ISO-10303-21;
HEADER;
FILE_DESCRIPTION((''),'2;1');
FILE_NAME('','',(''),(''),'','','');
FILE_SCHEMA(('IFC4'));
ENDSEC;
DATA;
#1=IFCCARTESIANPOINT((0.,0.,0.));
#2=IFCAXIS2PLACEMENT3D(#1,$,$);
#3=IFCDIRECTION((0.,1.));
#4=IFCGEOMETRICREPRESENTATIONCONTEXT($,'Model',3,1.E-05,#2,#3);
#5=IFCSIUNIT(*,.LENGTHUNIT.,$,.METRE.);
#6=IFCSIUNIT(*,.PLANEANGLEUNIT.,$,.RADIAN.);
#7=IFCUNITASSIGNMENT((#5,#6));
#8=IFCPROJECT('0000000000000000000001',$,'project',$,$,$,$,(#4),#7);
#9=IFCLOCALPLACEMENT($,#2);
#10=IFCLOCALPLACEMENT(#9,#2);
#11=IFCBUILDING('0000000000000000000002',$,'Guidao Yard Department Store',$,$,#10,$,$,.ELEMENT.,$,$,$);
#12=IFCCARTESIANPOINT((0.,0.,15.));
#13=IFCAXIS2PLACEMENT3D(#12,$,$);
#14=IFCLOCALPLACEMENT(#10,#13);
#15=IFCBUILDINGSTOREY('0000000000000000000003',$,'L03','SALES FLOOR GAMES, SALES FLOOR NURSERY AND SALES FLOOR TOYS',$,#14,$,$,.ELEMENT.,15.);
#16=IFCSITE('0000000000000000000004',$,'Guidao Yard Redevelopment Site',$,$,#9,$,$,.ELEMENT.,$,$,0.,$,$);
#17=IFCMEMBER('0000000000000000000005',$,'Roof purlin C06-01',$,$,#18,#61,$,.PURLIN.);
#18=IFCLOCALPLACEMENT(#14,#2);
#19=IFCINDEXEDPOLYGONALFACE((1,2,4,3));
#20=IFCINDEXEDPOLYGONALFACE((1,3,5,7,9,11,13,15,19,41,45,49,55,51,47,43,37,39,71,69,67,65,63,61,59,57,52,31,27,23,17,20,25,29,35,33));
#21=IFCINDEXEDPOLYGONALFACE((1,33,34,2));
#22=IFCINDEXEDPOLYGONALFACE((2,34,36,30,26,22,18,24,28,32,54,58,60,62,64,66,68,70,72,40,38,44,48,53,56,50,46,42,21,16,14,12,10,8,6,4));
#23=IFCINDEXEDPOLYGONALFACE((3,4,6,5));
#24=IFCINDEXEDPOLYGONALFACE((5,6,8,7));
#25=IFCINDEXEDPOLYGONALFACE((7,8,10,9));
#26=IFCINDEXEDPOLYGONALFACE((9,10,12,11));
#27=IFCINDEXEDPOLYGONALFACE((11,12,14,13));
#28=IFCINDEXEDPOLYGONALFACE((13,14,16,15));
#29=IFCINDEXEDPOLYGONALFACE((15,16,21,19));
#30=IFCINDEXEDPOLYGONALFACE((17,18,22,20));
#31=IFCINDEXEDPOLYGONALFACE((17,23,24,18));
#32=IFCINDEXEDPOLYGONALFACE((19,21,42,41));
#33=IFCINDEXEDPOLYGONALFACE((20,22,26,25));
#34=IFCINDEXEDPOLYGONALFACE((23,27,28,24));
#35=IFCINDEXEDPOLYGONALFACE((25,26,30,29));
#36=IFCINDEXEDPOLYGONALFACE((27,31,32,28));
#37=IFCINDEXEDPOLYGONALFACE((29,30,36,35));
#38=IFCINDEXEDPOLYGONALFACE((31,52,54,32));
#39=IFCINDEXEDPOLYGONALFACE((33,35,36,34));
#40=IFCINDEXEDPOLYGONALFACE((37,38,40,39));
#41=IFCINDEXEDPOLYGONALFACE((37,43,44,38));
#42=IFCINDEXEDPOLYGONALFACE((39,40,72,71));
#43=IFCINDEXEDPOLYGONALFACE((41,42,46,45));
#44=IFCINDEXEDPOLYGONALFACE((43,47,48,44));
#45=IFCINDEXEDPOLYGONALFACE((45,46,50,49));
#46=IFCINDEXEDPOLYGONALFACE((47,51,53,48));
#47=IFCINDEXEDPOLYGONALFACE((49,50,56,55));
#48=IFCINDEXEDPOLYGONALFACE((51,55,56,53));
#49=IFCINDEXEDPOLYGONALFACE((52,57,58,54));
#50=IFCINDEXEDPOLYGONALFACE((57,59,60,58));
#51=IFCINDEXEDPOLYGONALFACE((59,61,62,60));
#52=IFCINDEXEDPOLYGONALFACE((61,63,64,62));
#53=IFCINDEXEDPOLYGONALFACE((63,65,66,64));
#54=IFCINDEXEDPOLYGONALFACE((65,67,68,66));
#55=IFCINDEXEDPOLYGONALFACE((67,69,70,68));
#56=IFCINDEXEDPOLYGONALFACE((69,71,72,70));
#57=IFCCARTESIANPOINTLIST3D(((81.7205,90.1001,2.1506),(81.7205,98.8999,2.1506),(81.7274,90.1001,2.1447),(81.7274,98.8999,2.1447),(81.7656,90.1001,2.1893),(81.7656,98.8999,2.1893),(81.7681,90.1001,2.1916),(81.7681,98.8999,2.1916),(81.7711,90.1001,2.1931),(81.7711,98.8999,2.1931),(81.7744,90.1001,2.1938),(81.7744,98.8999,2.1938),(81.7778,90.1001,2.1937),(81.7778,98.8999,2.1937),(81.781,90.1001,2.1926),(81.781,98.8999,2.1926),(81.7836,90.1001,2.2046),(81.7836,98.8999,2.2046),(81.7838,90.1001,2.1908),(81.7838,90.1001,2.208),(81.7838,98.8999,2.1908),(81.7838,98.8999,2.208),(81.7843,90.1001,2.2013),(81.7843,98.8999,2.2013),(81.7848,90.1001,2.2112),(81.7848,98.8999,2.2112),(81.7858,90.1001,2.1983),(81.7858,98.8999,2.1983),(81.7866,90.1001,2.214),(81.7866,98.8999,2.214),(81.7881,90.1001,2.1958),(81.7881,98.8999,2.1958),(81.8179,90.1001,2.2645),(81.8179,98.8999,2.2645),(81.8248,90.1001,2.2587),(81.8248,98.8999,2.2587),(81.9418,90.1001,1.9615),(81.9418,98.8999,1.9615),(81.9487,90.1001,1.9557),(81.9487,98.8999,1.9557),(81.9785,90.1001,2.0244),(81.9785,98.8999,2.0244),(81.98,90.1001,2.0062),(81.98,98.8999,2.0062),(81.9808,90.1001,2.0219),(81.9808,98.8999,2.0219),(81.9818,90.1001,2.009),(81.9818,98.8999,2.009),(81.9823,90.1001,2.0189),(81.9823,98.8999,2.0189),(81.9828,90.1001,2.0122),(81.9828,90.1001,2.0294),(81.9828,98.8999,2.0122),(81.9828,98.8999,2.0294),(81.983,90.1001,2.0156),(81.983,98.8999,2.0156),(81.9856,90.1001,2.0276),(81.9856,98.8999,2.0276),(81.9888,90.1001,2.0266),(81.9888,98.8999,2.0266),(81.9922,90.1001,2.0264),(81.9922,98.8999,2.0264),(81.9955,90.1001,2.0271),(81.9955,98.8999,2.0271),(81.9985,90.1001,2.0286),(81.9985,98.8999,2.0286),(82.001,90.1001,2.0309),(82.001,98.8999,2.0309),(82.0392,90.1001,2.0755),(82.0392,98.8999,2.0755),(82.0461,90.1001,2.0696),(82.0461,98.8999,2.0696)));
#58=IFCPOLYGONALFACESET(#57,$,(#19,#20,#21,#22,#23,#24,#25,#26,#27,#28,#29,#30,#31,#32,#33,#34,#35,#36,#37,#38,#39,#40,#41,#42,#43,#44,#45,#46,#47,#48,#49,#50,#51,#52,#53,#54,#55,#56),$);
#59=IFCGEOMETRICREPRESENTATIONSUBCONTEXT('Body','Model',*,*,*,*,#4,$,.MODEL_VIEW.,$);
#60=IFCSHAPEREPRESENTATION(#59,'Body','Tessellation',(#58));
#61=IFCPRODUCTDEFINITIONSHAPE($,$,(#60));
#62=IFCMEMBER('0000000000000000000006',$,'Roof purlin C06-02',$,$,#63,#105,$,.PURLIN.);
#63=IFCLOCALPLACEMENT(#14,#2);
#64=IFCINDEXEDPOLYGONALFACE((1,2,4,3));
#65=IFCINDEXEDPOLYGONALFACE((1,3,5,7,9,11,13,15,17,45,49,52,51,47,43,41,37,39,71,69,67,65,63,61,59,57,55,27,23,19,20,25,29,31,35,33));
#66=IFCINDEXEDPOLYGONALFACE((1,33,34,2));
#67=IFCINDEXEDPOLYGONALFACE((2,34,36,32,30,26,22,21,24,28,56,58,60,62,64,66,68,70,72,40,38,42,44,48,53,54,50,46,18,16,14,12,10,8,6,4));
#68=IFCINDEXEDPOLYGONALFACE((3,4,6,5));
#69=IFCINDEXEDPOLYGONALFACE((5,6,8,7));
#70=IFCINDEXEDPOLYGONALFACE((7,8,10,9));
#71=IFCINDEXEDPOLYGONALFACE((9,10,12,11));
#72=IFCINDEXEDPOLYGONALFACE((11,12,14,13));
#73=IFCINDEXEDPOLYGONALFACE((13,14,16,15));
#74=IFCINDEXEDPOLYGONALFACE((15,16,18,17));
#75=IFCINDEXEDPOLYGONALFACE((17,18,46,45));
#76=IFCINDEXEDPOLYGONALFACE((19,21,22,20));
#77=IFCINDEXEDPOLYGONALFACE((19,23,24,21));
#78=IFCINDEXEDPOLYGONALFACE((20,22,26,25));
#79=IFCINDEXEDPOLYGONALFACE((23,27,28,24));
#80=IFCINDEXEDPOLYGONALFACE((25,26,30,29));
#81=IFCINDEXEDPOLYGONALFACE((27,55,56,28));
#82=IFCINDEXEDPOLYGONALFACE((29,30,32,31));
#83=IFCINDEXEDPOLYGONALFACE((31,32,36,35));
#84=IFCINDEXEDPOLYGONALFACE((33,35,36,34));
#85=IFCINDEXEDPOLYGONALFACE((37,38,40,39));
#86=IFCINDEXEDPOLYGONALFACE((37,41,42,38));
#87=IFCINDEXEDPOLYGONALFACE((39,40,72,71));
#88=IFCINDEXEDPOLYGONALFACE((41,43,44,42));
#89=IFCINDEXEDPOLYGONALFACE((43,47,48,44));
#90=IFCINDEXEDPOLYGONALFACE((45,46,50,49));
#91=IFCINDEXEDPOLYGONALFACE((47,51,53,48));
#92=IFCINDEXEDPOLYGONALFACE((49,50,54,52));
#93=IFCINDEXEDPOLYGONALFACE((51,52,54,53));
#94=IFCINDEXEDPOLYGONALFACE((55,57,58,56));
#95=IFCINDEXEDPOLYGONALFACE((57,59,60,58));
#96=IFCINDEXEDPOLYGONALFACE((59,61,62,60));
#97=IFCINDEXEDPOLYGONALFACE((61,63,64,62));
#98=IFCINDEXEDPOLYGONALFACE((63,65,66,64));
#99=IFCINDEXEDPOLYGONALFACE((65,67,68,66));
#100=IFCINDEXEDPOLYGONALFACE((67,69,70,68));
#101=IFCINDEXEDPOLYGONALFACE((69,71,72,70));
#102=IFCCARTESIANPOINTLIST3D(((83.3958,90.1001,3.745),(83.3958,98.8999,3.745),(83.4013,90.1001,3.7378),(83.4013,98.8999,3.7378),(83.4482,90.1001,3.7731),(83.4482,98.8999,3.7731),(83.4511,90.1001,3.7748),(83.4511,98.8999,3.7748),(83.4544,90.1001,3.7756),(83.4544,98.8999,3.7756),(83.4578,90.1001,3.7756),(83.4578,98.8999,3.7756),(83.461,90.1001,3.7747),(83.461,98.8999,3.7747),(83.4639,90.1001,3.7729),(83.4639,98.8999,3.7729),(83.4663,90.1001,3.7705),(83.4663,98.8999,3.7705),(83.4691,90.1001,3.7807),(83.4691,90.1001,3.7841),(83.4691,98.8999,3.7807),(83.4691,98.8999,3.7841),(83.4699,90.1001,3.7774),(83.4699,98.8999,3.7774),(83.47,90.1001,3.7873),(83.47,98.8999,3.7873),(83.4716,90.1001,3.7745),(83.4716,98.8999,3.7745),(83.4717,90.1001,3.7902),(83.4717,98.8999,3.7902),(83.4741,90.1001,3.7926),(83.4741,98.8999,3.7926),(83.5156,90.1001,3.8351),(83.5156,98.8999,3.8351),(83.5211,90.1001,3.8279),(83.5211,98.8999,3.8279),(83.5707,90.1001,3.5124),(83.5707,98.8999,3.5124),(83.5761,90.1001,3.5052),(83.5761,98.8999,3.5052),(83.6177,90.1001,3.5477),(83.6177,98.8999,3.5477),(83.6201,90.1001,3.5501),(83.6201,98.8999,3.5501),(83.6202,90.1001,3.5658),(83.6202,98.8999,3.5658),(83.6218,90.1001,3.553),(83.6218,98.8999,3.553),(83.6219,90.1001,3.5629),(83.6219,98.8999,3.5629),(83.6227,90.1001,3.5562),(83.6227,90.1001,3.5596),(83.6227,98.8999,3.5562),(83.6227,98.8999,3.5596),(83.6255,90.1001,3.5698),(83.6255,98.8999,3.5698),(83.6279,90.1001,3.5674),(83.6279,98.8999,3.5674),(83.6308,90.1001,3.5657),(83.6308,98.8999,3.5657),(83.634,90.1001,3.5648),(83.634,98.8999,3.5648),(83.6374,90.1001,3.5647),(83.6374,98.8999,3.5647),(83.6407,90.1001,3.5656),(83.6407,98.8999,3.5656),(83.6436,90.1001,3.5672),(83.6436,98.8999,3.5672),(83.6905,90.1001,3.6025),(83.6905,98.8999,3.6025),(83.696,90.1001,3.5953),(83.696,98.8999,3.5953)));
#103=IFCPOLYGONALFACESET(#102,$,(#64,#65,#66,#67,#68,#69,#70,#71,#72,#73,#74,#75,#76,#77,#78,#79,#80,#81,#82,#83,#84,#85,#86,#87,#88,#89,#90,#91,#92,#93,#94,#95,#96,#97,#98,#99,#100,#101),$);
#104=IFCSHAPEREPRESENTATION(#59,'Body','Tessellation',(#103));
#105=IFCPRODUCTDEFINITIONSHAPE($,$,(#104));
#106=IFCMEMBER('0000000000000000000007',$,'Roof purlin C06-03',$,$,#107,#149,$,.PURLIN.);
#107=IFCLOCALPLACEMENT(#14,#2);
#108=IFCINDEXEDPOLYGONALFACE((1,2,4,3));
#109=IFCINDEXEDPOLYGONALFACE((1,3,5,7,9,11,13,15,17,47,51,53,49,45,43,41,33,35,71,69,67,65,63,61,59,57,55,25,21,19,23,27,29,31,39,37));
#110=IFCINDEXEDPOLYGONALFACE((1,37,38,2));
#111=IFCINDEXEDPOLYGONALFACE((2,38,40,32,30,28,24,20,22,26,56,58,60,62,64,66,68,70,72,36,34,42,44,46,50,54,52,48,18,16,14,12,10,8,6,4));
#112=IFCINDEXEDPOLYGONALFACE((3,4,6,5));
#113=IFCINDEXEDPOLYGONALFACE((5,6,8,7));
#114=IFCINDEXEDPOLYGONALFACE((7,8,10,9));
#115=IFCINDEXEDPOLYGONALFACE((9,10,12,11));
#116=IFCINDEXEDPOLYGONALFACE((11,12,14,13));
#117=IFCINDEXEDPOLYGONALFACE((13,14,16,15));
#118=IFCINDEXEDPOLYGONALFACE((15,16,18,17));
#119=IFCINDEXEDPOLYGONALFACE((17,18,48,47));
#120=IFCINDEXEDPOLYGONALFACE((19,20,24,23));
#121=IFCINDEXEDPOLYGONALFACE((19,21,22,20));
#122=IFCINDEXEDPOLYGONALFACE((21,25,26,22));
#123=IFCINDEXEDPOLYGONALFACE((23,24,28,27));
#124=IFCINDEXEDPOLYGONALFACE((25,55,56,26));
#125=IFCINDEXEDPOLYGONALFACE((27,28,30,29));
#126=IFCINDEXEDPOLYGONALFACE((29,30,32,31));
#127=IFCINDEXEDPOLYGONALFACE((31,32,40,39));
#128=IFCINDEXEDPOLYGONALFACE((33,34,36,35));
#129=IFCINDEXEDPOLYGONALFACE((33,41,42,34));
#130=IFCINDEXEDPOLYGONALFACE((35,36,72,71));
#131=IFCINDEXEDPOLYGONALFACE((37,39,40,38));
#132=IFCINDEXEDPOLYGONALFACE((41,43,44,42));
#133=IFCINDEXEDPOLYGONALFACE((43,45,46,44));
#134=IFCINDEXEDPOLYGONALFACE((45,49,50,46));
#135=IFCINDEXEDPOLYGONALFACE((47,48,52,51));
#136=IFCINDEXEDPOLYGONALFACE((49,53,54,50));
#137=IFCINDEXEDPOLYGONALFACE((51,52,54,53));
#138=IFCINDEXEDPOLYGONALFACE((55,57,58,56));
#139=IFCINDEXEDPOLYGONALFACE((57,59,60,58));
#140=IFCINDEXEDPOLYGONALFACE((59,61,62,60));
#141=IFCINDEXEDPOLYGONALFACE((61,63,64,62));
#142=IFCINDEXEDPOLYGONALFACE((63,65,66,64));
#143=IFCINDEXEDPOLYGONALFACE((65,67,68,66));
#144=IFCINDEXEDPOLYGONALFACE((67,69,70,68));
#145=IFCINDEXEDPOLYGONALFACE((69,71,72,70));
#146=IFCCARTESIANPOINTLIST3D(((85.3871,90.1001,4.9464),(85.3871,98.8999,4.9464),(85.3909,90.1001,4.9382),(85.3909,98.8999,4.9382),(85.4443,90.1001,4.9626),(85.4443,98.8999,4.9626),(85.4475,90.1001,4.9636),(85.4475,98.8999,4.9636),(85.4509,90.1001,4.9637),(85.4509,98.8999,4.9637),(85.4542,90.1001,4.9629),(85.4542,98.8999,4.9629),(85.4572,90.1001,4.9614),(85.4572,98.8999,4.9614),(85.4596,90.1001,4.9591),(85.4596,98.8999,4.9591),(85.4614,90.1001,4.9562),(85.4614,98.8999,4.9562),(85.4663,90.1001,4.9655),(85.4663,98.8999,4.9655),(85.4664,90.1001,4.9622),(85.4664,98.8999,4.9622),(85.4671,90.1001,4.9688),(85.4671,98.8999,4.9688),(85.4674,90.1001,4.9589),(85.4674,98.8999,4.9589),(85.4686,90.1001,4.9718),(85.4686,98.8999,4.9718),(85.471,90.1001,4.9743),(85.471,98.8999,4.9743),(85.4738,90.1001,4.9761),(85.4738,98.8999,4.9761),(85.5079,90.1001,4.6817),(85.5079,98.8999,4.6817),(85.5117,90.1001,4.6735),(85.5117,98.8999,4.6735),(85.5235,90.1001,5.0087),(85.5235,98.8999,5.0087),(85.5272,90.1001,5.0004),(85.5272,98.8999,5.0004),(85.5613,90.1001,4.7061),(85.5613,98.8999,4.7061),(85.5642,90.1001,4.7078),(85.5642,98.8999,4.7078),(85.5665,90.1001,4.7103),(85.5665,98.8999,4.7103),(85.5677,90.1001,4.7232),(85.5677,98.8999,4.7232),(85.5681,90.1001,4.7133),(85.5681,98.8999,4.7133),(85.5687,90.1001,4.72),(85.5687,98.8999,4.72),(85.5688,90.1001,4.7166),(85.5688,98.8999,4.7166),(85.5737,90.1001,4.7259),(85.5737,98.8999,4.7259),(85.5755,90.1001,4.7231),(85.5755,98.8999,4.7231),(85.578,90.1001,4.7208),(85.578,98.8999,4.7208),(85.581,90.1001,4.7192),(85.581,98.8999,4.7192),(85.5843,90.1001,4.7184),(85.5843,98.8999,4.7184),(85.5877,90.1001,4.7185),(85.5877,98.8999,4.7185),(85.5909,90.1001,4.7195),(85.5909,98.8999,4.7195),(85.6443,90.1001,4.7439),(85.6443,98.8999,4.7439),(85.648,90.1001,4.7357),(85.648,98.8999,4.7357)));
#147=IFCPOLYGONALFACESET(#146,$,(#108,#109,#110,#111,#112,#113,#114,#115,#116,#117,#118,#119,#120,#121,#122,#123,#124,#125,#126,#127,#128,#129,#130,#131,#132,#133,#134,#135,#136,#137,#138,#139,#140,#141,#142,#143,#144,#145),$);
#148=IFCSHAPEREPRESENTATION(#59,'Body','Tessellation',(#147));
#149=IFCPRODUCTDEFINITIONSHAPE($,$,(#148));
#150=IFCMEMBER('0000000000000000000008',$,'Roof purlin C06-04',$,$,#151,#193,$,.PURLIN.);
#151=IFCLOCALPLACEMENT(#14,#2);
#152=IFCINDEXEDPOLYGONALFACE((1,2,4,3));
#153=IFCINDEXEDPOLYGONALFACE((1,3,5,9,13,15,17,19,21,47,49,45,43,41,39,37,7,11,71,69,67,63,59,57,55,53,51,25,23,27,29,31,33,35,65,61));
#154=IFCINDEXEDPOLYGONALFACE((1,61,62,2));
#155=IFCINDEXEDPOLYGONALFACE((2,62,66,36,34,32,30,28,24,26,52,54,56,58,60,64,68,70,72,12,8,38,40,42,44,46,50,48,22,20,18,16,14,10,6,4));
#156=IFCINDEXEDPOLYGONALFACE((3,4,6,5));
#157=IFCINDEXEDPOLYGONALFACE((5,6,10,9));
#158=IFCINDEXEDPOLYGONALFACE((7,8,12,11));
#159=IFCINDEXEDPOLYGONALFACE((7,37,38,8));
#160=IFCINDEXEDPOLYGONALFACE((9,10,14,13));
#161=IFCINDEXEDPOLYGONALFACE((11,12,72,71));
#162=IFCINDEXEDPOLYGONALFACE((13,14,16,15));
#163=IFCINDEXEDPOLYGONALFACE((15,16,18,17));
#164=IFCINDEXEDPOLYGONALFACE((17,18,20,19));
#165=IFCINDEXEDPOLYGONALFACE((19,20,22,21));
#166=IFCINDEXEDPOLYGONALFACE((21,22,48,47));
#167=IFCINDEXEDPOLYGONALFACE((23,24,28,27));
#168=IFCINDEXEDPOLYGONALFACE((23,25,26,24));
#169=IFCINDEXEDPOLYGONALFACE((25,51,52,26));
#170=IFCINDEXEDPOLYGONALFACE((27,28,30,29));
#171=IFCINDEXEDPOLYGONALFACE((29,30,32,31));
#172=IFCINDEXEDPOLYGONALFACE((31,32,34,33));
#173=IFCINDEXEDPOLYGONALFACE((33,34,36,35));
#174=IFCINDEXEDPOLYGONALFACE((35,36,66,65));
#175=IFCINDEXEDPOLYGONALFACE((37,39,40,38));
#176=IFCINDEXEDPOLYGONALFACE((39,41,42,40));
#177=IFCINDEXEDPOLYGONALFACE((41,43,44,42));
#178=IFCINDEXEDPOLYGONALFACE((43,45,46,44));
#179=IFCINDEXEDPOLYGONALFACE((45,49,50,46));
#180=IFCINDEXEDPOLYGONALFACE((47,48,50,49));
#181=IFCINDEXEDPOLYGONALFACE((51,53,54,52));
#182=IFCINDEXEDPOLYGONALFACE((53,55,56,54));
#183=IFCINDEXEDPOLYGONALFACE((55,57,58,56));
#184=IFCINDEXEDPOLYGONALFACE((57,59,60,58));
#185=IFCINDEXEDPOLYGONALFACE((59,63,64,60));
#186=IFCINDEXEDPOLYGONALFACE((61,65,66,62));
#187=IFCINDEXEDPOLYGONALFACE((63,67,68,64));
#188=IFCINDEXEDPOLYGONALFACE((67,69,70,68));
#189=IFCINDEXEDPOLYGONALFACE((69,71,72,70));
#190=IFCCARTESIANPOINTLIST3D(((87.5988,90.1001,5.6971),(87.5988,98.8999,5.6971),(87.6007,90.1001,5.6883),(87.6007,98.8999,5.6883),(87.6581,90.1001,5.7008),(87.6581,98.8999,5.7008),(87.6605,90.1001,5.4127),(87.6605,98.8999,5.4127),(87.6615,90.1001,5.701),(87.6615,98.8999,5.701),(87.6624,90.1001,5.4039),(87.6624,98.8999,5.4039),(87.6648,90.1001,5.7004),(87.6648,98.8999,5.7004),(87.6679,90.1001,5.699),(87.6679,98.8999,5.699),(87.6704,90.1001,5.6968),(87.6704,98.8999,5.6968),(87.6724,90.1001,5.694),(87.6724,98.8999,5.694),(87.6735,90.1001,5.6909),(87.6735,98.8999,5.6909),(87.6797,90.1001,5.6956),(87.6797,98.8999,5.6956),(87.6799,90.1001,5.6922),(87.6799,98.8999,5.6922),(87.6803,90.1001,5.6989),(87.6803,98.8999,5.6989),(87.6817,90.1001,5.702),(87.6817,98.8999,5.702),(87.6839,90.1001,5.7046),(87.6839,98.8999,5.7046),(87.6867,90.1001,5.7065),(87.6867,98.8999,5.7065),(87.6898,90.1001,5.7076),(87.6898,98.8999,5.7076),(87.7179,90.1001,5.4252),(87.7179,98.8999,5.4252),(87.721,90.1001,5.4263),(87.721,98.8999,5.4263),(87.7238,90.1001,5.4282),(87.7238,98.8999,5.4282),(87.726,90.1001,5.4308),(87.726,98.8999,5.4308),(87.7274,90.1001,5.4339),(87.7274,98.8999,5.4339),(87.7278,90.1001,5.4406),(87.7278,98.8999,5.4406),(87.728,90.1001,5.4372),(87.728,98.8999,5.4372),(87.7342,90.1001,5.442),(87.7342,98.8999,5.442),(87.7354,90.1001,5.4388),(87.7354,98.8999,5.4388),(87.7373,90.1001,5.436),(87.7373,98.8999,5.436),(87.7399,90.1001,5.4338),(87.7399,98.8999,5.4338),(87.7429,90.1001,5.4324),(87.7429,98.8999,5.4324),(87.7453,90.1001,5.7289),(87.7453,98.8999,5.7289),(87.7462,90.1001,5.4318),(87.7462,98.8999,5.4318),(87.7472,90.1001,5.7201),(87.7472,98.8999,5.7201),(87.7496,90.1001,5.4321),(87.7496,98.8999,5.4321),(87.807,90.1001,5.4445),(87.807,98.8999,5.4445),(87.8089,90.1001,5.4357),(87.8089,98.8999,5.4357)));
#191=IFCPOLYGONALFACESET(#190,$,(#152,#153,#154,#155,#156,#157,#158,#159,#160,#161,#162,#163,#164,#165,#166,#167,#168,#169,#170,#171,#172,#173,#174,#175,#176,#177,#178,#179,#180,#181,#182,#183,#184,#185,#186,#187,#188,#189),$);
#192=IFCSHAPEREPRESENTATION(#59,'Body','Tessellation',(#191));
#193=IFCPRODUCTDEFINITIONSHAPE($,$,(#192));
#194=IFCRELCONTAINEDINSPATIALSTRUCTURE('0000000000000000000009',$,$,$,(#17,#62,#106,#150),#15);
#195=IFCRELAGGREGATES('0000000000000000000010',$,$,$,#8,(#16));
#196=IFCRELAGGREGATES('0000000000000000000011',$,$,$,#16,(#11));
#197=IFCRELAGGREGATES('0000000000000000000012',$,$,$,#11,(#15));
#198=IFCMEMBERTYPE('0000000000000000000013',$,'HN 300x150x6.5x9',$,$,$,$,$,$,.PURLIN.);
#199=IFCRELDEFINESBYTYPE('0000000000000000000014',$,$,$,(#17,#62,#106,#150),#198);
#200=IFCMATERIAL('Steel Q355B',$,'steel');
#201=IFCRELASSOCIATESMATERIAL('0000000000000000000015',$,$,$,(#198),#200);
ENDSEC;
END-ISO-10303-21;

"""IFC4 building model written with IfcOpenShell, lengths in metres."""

from ifc_helpers import new_model, si_unit, direction, frame, origin, origin_2d, place, context, subcontext, project, spatial, i_section, extrude, material, material_profile, profile_set, type_object, element, save


model = new_model("IFC4")

# Units and contexts
model_context = context("Model", 3, precision=1e-05, world=origin(), true_north=direction((0.0, 1.0)))
body_context = subcontext(model_context, "Body", "Model", "MODEL_VIEW")
ifc_project = project(units=[si_unit("LENGTHUNIT", "METRE"), si_unit("PLANEANGLEUNIT", "RADIAN")], contexts=[model_context])

# Site, building, storey
site_placement = place(None, origin())
site = spatial("IfcSite", under=ifc_project, at=site_placement, Name="Guidao Yard Redevelopment Site", CompositionType="ELEMENT", RefElevation=0.0)
building_placement = place(site_placement, origin())
building = spatial("IfcBuilding", under=site, at=building_placement, Name="Guidao Yard Department Store", CompositionType="ELEMENT")
storey_placement = place(building_placement, frame((0.0, 0.0, 15.0)))
storey = spatial("IfcBuildingStorey", under=building, at=storey_placement, Name="L03", Description="SALES FLOOR GAMES, SALES FLOOR NURSERY AND SALES FLOOR TOYS", CompositionType="ELEMENT", Elevation=15.0)

# Members
ifc_material_1 = material(Name="Steel Q355B", Category="steel")
ifc_material_profile_1 = material_profile(ifc_material_1, i_section(OverallWidth=0.1499, OverallDepth=0.3, WebThickness=0.0066, FlangeThickness=0.009, FilletRadius=0.0129, at=origin_2d()), Name="HN 300x150x6.5x9")
ifc_profile_set_1 = profile_set([ifc_material_profile_1], Name="Steel Q355B")
member_type_1 = type_object("IfcMemberType", Name="HN 300x150x6.5x9", PredefinedType="PURLIN", material=ifc_profile_set_1)
for number, where, z_axis, x_axis, name in (
    (1, (81.8833, 90.1001, 2.1101), (0.0, 1.0, 0.0), (-0.649537, 0.0, -0.76033), "Roof purlin C06-01"),
    (2, (83.5459, 90.1001, 3.6702), (0.0, 1.0, 0.0), (-0.799284, 0.0, -0.600954), "Roof purlin C06-02"),
    (3, (85.5176, 90.1001, 4.8411), (0.0, 1.0, 0.0), (-0.909751, 0.0, -0.415155), "Roof purlin C06-03"),
    (4, (87.7039, 90.1001, 5.5664), (0.0, 1.0, 0.0), (-0.977292, 0.0, -0.211897), "Roof purlin C06-04"),
):
    element("IfcMember", number, at=place(storey_placement, frame(where, z_axis=z_axis, x_axis=x_axis)), inside=storey, type_object=member_type_1, Name=name, PredefinedType="PURLIN", context=body_context, shape_type="SweptSolid", body=[
        extrude(i_section(OverallWidth=0.1499, OverallDepth=0.3, WebThickness=0.0066, FlangeThickness=0.009, FilletRadius=0.0129, at=origin_2d()), origin(), (0.0, 0.0, 1.0), 8.7998),
    ])

save(model, "model.ifc")
